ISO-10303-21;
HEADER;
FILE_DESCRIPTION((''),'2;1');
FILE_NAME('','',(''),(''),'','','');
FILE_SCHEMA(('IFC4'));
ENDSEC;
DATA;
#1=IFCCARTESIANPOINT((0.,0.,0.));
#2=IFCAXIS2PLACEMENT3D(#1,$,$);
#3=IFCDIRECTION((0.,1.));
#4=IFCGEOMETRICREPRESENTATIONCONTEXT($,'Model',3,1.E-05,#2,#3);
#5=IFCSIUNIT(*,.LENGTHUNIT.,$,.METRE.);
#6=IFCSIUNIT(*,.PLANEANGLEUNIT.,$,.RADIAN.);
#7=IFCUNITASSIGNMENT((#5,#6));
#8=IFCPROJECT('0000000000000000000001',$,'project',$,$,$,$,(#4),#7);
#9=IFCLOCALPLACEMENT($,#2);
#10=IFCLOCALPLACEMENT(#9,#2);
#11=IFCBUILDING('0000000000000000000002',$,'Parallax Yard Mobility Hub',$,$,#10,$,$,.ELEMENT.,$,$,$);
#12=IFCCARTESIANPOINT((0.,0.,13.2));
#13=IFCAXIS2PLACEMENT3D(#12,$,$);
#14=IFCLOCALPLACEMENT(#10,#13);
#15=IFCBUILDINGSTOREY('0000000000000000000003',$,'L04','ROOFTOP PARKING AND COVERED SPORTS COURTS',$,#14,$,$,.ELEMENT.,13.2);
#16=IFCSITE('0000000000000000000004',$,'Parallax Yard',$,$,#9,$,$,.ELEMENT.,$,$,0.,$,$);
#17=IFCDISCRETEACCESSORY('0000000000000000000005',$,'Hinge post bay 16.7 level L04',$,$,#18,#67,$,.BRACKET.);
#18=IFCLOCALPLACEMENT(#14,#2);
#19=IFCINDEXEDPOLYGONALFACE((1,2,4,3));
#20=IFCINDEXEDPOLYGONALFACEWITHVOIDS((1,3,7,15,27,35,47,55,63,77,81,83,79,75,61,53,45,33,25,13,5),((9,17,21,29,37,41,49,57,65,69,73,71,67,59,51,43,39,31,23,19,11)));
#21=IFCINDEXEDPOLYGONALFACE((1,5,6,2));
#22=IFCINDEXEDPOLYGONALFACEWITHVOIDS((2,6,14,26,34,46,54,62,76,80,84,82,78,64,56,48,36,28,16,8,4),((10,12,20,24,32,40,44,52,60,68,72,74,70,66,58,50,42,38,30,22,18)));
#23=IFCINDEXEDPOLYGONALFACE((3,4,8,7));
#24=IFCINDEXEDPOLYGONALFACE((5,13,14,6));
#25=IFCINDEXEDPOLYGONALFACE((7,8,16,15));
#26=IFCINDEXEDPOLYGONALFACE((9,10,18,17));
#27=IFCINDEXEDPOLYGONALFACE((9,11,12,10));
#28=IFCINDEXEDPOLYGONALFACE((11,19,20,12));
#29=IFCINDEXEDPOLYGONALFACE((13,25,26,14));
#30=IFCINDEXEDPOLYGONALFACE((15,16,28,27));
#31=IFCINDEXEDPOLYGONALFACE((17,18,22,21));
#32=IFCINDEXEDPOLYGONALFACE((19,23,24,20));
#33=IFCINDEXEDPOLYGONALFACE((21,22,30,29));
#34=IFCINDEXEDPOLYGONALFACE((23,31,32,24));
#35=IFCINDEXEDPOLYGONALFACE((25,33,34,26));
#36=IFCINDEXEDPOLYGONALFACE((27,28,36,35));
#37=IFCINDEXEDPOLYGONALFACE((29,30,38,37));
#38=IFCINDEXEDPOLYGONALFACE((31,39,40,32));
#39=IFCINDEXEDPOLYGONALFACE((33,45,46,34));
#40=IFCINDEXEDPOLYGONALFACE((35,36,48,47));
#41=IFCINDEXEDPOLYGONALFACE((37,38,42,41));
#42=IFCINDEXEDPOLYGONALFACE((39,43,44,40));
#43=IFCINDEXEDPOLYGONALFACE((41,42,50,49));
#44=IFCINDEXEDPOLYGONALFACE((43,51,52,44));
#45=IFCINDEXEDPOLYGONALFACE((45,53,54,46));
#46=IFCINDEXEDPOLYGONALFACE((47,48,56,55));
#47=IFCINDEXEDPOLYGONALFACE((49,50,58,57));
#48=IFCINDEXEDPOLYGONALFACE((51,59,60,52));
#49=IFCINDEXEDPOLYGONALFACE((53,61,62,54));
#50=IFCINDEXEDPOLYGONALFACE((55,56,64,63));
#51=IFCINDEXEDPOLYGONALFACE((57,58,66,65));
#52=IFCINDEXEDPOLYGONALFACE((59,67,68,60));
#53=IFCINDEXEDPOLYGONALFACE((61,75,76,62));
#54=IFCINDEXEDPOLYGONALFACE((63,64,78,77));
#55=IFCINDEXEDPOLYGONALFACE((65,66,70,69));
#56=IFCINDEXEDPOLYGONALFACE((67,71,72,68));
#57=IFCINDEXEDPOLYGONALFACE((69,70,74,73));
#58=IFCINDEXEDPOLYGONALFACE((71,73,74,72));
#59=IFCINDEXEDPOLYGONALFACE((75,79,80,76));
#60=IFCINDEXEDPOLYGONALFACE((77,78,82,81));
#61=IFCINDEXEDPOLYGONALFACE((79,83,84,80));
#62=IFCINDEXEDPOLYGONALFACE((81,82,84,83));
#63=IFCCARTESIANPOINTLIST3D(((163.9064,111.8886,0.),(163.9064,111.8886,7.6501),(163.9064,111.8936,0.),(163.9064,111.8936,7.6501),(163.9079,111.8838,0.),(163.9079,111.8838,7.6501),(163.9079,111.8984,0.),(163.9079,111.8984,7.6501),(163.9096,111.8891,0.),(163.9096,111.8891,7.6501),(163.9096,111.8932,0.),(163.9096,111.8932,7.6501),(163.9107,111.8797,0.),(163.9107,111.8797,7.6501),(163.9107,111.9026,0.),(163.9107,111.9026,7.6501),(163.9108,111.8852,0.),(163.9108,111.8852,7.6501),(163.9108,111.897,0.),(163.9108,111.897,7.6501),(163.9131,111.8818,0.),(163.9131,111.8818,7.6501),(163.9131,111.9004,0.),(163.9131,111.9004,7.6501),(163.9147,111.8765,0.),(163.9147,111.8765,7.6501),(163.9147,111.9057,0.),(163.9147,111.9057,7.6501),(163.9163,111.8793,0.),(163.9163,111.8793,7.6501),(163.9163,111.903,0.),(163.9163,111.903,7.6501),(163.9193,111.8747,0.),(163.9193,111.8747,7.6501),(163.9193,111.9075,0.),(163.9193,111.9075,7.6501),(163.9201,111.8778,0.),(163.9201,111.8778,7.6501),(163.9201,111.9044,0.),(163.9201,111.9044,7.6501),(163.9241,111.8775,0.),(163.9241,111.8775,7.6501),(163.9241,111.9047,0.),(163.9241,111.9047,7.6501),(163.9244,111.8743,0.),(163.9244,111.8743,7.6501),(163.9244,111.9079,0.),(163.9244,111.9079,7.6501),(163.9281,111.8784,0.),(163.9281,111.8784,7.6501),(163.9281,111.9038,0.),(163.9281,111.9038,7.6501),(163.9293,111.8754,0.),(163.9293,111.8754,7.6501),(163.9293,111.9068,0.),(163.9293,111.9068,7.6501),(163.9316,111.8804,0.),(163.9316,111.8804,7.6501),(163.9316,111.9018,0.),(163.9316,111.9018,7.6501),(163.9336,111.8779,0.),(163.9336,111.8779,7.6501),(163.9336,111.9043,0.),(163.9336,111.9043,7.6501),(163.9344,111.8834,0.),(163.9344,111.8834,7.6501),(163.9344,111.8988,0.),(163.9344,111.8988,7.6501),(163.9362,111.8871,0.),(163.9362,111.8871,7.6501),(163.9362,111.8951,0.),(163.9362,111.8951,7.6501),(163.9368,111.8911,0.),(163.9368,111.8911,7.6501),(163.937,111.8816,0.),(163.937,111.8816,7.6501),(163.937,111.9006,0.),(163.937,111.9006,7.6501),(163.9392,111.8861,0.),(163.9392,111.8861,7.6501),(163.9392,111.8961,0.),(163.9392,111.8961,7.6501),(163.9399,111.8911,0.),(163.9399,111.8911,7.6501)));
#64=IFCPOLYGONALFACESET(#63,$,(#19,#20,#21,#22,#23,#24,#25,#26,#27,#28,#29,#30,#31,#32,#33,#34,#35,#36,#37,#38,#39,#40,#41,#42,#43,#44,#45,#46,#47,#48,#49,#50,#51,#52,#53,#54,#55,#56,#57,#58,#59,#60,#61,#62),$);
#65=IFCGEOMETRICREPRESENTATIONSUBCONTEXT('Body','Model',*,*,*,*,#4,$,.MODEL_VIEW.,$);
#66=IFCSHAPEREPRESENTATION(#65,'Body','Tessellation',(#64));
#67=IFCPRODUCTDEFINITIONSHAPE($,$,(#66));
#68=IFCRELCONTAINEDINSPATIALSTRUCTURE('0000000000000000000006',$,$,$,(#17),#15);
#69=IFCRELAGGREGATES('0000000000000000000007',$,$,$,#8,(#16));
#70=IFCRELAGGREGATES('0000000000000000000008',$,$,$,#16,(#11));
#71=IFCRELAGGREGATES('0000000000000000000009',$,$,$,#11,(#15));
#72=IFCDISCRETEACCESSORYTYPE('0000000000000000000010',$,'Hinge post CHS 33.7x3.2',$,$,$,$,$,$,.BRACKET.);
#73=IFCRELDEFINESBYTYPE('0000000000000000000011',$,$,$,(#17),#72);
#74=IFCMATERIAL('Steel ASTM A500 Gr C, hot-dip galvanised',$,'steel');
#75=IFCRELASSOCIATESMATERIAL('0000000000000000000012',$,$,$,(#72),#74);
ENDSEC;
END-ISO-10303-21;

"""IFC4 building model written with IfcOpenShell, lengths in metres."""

from ifc_helpers import new_model, si_unit, direction, frame, origin, origin_2d, place, context, subcontext, project, spatial, hollow_circle, extrude, material, material_profile, profile_set, type_object, element, save


model = new_model("IFC4")

# Units and contexts
model_context = context("Model", 3, precision=1e-05, world=origin(), true_north=direction((0.0, 1.0)))
body_context = subcontext(model_context, "Body", "Model", "MODEL_VIEW")
ifc_project = project(units=[si_unit("LENGTHUNIT", "METRE"), si_unit("PLANEANGLEUNIT", "RADIAN")], contexts=[model_context])

# Site, building, storey
site_placement = place(None, origin())
site = spatial("IfcSite", under=ifc_project, at=site_placement, Name="Parallax Yard", CompositionType="ELEMENT", RefElevation=0.0)
building_placement = place(site_placement, origin())
building = spatial("IfcBuilding", under=site, at=building_placement, Name="Parallax Yard Mobility Hub", CompositionType="ELEMENT")
storey_placement = place(building_placement, frame((0.0, 0.0, 13.2)))
storey = spatial("IfcBuildingStorey", under=building, at=storey_placement, Name="L04", Description="ROOFTOP PARKING AND COVERED SPORTS COURTS", CompositionType="ELEMENT", Elevation=13.2)

# Discrete accessory
ifc_material_1 = material(Name="Steel ASTM A500 Gr C, hot-dip galvanised", Category="steel")
ifc_material_profile = material_profile(ifc_material_1, hollow_circle(Radius=0.0168, WallThickness=0.0032, at=origin_2d()), Name="CHS 33.7x3.2")
ifc_profile_set = profile_set([ifc_material_profile], Name="Steel ASTM A500 Gr C, hot-dip galvanised")
discrete_accessory_type_1 = type_object("IfcDiscreteAccessoryType", Name="Hinge post CHS 33.7x3.2", PredefinedType="BRACKET", material=ifc_profile_set)
for number, where, z_axis, x_axis, name in (
    (1, (163.9231, 111.8911, 0.0), (0.0, 0.0, 1.0), (1.0, 0.0, 0.0), "Hinge post bay 16.7 level L04"),
):
    element("IfcDiscreteAccessory", number, at=place(storey_placement, frame(where, z_axis=z_axis, x_axis=x_axis)), inside=storey, type_object=discrete_accessory_type_1, Name=name, PredefinedType="BRACKET", context=body_context, shape_type="SweptSolid", body=[
        extrude(hollow_circle(Radius=0.0168, WallThickness=0.0032, at=origin_2d()), origin(), (0.0, 0.0, 1.0), 7.6501),
    ])

save(model, "model.ifc")
